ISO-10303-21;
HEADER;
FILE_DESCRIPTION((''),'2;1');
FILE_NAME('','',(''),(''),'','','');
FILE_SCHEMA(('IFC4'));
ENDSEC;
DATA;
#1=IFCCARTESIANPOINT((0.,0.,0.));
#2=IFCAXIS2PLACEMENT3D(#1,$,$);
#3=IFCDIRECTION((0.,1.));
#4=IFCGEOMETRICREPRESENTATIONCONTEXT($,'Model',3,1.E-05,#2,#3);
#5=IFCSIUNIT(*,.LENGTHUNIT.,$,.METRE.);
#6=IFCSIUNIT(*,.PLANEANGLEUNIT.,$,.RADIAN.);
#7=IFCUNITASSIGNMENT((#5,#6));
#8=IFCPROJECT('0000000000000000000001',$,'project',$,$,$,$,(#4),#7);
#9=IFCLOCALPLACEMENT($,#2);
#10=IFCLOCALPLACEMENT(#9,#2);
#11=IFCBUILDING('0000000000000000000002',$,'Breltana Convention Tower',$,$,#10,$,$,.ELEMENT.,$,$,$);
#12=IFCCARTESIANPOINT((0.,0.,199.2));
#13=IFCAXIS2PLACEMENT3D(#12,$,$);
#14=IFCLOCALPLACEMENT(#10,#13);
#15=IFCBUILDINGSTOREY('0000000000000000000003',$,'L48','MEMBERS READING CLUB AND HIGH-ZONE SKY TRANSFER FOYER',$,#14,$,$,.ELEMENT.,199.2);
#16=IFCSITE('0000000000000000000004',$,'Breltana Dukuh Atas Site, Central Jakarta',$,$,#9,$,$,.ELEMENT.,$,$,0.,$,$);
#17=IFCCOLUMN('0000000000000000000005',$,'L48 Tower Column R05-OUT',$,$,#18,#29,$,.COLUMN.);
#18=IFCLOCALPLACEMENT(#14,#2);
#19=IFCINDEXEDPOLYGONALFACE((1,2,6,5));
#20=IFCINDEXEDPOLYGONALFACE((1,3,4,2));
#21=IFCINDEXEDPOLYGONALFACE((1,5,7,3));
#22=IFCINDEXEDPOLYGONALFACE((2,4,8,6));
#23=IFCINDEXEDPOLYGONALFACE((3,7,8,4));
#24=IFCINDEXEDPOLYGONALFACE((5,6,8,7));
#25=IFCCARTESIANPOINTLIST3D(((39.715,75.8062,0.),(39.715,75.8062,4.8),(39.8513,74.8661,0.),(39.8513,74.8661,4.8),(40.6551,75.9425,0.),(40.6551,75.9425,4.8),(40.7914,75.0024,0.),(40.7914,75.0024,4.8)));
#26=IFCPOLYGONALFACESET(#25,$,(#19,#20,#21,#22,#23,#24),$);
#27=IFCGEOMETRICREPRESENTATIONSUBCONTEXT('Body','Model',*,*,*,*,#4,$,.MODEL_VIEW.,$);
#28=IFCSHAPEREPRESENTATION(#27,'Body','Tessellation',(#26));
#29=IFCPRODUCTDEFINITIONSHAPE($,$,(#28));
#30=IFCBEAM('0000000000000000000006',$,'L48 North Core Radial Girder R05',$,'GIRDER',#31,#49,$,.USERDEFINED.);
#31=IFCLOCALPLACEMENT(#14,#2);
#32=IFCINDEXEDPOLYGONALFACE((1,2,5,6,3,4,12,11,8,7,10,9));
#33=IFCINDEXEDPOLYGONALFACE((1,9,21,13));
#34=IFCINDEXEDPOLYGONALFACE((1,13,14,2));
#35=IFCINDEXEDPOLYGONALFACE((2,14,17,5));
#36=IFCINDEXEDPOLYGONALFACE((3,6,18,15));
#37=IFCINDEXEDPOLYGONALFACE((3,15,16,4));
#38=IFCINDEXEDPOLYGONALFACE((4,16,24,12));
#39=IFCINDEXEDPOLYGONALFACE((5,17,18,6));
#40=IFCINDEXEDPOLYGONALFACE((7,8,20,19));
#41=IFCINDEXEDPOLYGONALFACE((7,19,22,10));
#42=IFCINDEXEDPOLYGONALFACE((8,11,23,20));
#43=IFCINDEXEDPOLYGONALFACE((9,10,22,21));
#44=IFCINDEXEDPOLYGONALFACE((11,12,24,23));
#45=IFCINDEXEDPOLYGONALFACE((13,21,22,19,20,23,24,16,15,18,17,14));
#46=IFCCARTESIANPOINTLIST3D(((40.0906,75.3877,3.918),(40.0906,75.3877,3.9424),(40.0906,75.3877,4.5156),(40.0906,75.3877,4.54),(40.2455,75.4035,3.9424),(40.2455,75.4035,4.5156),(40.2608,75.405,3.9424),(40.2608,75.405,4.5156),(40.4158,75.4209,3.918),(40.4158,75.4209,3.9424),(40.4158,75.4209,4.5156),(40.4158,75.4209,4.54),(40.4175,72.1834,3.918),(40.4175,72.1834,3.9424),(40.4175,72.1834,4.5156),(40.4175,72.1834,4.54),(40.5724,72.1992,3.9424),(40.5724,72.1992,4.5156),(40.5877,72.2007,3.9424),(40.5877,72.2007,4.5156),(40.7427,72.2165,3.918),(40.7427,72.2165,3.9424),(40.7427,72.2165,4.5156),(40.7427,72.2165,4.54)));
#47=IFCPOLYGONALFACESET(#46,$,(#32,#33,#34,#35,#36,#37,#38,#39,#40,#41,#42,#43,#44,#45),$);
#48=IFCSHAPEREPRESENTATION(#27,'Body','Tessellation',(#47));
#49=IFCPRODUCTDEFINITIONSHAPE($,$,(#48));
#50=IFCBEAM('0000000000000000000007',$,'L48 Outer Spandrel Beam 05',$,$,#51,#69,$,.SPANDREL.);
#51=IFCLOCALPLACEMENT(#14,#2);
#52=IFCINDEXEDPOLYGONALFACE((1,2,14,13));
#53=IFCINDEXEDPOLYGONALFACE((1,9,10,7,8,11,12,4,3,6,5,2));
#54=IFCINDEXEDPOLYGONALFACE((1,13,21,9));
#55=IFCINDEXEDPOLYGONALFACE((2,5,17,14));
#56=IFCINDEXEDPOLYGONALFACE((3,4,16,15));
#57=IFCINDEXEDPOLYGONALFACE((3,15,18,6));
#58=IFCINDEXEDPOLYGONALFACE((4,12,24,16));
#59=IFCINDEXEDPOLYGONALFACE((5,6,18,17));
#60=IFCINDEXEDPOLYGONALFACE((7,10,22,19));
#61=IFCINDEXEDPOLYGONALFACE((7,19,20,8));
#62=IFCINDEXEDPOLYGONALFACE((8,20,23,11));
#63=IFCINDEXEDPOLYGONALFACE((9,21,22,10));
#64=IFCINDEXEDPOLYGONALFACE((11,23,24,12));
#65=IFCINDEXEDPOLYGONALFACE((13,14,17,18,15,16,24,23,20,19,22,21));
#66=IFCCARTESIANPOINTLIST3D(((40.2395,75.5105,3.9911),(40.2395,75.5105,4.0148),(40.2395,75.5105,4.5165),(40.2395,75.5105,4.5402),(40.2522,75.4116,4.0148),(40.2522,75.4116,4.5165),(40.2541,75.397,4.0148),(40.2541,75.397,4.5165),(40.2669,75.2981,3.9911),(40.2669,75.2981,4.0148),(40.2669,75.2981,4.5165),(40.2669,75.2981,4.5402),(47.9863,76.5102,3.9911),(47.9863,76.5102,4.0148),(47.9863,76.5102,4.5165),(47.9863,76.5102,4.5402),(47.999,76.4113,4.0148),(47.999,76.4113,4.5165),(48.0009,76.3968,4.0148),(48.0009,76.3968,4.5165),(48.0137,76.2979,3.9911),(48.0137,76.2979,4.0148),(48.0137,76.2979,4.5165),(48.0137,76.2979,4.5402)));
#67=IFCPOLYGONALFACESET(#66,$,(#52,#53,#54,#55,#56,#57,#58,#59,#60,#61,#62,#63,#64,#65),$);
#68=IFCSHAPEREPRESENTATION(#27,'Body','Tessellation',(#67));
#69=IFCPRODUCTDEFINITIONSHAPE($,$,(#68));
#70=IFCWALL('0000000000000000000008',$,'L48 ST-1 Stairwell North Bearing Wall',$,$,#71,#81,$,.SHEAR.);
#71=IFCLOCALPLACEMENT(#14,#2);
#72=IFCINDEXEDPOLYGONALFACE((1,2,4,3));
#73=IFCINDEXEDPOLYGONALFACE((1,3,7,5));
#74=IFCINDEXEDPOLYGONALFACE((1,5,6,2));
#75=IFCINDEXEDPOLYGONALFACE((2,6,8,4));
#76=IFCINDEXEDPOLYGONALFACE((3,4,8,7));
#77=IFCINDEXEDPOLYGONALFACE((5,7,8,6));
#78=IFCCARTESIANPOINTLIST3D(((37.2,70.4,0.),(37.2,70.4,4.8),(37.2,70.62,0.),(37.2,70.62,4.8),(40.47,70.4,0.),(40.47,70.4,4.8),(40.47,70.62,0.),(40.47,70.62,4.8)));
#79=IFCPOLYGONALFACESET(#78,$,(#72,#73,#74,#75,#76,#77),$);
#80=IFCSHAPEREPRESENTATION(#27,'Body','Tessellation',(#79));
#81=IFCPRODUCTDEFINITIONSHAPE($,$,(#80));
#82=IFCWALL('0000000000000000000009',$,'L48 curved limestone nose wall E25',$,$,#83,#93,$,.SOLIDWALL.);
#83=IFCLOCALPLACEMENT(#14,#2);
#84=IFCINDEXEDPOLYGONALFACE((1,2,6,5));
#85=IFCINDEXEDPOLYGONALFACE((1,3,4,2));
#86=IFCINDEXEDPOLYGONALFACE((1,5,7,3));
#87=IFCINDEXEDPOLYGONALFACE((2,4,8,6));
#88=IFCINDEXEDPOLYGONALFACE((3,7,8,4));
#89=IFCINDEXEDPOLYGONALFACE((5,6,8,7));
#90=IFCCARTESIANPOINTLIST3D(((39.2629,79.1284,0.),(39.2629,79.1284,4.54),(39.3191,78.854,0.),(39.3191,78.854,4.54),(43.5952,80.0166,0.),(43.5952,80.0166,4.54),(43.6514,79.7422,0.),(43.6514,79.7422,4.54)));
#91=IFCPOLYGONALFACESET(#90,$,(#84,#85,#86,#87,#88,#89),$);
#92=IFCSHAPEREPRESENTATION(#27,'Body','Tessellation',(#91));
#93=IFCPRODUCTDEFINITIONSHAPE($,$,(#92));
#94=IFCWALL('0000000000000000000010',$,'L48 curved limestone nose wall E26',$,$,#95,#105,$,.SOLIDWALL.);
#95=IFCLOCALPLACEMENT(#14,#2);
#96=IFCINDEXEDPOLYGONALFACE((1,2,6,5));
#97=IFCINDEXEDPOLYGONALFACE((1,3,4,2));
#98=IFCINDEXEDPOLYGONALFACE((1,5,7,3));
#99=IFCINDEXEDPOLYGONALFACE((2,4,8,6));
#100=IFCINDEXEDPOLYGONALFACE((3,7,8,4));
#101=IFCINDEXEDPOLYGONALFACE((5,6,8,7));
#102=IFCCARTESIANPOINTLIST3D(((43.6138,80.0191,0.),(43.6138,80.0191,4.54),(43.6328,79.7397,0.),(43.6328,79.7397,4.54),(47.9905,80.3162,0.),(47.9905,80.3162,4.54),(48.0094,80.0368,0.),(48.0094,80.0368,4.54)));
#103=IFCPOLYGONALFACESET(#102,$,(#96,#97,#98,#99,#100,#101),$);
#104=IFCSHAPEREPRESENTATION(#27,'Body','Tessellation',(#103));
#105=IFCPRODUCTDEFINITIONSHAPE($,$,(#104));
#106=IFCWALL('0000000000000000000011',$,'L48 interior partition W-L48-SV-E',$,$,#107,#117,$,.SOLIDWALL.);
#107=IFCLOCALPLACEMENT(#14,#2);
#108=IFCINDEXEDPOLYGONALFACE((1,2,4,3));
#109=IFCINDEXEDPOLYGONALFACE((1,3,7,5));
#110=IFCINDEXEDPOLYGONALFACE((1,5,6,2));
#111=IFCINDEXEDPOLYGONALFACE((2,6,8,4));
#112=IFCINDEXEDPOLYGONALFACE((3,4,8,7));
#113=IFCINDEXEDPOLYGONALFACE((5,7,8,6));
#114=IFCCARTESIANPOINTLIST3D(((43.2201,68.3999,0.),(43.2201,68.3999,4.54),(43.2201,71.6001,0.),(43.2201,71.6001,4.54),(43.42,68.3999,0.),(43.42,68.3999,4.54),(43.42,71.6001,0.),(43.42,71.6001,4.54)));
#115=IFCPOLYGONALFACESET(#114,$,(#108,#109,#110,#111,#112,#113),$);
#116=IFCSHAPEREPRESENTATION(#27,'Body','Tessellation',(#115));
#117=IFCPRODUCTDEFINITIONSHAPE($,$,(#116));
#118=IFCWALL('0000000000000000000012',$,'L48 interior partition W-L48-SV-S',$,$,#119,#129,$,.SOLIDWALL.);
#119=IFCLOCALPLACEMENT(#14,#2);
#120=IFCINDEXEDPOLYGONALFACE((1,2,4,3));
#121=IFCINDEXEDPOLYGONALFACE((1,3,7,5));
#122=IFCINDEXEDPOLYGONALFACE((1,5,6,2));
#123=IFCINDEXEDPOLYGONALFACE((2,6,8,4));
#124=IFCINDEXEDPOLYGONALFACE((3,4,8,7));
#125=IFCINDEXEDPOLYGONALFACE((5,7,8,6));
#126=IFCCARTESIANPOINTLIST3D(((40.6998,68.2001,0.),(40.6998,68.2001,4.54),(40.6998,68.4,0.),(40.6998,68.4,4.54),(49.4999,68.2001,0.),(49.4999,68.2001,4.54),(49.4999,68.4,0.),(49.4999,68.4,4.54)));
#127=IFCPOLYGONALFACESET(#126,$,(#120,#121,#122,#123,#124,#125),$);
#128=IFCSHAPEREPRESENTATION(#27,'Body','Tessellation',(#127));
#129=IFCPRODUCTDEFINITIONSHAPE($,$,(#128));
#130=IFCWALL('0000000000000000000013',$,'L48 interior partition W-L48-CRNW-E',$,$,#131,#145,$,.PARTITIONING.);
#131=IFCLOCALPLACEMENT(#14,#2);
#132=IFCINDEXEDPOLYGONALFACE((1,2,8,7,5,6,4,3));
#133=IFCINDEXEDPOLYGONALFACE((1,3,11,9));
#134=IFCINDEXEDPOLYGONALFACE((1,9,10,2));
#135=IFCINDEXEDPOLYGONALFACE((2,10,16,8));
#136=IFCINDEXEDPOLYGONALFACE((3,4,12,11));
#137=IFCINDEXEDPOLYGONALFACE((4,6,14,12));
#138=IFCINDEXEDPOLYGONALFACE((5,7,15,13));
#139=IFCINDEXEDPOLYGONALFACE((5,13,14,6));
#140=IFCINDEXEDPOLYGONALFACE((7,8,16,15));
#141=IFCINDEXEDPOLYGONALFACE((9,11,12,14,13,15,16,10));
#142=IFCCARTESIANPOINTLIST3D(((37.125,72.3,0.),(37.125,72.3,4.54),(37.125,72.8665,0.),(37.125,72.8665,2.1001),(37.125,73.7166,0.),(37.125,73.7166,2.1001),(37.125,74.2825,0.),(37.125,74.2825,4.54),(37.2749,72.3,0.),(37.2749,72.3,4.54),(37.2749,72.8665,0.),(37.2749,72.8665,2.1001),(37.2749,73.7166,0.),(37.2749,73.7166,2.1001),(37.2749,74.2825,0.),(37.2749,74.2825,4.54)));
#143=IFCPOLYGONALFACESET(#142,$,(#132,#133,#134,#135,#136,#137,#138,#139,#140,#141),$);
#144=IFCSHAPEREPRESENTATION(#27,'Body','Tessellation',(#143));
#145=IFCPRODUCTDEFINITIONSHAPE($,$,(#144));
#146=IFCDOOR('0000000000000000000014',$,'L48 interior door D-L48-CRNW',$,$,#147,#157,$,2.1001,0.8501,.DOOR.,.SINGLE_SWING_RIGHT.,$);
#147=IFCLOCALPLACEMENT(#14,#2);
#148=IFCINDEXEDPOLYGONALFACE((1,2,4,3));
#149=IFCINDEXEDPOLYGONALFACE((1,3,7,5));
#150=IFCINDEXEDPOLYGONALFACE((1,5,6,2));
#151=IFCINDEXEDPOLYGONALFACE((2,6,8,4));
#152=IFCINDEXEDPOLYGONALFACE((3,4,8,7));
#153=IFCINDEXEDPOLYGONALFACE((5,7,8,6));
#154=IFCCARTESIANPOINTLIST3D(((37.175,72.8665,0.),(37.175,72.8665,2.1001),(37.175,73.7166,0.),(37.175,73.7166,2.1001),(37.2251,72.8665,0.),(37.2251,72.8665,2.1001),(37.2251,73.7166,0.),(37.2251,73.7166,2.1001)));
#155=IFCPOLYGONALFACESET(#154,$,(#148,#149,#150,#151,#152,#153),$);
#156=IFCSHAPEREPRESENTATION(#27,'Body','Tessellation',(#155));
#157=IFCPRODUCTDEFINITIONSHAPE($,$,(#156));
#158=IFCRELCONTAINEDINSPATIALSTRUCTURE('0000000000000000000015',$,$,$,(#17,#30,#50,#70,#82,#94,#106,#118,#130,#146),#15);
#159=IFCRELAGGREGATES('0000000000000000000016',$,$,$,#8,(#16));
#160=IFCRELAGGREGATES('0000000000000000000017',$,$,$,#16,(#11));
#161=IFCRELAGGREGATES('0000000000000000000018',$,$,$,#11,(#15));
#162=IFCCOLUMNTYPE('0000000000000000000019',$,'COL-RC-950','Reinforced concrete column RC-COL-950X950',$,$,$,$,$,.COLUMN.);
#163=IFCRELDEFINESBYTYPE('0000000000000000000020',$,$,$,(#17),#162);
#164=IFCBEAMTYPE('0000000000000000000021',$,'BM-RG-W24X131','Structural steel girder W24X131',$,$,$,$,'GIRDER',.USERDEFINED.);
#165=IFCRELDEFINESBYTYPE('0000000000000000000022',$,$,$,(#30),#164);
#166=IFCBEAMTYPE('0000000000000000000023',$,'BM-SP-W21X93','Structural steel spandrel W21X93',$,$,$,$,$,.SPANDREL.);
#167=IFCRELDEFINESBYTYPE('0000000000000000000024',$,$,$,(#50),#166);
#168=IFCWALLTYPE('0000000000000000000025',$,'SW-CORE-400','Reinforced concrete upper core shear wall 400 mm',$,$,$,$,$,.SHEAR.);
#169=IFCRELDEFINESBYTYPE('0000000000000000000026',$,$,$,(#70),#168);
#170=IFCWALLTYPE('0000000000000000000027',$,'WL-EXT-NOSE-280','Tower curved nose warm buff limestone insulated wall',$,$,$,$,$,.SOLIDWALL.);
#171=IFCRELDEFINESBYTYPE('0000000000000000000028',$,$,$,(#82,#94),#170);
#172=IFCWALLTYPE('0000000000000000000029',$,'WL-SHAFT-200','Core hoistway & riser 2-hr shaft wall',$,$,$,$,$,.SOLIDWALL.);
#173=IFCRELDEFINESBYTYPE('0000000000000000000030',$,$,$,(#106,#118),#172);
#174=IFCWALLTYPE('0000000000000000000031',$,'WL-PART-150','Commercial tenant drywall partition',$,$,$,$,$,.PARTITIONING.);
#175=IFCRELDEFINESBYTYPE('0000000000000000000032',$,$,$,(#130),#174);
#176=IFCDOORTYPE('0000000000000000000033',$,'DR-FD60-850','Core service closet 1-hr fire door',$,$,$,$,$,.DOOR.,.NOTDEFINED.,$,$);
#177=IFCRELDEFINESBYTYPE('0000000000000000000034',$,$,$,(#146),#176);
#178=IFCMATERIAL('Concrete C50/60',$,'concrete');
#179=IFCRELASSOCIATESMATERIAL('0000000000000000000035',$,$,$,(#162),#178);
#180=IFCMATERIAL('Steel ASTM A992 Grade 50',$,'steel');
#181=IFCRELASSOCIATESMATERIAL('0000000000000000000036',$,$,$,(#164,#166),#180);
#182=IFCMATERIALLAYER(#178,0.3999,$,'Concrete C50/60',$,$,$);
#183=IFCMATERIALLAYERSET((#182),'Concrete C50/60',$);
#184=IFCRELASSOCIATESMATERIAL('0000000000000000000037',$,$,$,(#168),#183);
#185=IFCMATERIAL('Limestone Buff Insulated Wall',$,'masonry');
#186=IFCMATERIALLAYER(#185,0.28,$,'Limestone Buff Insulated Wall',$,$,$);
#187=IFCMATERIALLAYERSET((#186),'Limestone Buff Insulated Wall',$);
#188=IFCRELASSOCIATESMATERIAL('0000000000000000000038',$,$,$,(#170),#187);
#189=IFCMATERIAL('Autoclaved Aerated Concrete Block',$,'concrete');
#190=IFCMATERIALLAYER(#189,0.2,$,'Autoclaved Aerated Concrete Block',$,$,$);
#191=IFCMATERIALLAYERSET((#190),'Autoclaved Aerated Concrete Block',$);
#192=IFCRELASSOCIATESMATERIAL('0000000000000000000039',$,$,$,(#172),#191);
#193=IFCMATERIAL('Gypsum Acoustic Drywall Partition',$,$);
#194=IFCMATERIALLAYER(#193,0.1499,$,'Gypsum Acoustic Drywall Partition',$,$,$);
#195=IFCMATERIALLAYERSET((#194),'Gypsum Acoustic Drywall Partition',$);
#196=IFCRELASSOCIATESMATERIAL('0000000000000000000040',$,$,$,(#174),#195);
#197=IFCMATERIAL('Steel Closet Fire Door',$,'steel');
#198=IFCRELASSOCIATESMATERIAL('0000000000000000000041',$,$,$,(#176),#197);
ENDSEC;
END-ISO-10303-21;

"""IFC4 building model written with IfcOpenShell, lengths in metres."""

from ifc_helpers import new_model, si_unit, direction, frame, frame_2d, origin, origin_2d, place, context, subcontext, project, spatial, rectangle, i_section, extrude, source, transform, mapped, material, layer, layer_set, material_profile, profile_set, type_object, type_shapes, element, fill, save


model = new_model("IFC4")

# Units and contexts
model_context = context("Model", 3, precision=1e-05, world=origin(), true_north=direction((0.0, 1.0)))
body_context = subcontext(model_context, "Body", "Model", "MODEL_VIEW")
ifc_project = project(units=[si_unit("LENGTHUNIT", "METRE"), si_unit("PLANEANGLEUNIT", "RADIAN")], contexts=[model_context])

# Site, building, storey
site_placement = place(None, origin())
site = spatial("IfcSite", under=ifc_project, at=site_placement, Name="Breltana Dukuh Atas Site, Central Jakarta", CompositionType="ELEMENT", RefElevation=0.0)
building_placement = place(site_placement, origin())
building = spatial("IfcBuilding", under=site, at=building_placement, Name="Breltana Convention Tower", CompositionType="ELEMENT")
storey_placement = place(building_placement, frame((0.0, 0.0, 199.2)))
storey = spatial("IfcBuildingStorey", under=building, at=storey_placement, Name="L48", Description="MEMBERS READING CLUB AND HIGH-ZONE SKY TRANSFER FOYER", CompositionType="ELEMENT", Elevation=199.2)

# Column
ifc_material_1 = material(Name="Concrete C50/60", Category="concrete")
ifc_material_profile_1 = material_profile(ifc_material_1, rectangle(XDim=0.95, YDim=0.95, at=origin_2d()), Name="RC-COL-950X950")
ifc_profile_set_1 = profile_set([ifc_material_profile_1], Name="Concrete C50/60")
column_type = type_object("IfcColumnType", Name="COL-RC-950", Description="Reinforced concrete column RC-COL-950X950", PredefinedType="COLUMN", material=ifc_profile_set_1)
shared_shape_1 = source(origin(), body_context, "Body", "SweptSolid", [
    extrude(rectangle(XDim=0.95, YDim=0.95, at=origin_2d()), origin(), (0.0, 0.0, 1.0), 4.8),
])
type_shapes(column_type, [shared_shape_1])
column_placement = place(storey_placement, frame((40.2532, 75.4043, 0.0), z_axis=(0.0, 0.0, 1.0), x_axis=(-0.143493, 0.989651, 0.0)))
element("IfcColumn", 1, at=column_placement, inside=storey, type_object=column_type, Name="L48 Tower Column R05-OUT", PredefinedType="COLUMN", context=body_context, shape_type="MappedRepresentation", body=[
    mapped(shared_shape_1, transform((0.0, 0.0, 0.0), scale=1.0)),
])

# Beams
ifc_material_2 = material(Name="Steel ASTM A992 Grade 50", Category="steel")
ifc_material_profile_2 = material_profile(ifc_material_2, i_section(OverallWidth=0.3269, OverallDepth=0.6221, WebThickness=0.0154, FlangeThickness=0.0244, at=origin_2d()), Name="W24X131")
ifc_profile_set_2 = profile_set([ifc_material_profile_2], Name="Steel ASTM A992 Grade 50")
beam_type_1 = type_object("IfcBeamType", Name="BM-RG-W24X131", Description="Structural steel girder W24X131", ElementType="GIRDER", PredefinedType="USERDEFINED", material=ifc_profile_set_2)
shared_shape_2 = source(origin(), body_context, "Body", "SweptSolid", [
    extrude(i_section(OverallWidth=0.3269, OverallDepth=0.6221, WebThickness=0.0154, FlangeThickness=0.0244, at=origin_2d()), origin(), (0.0, 0.0, 1.0), 3.2209),
])
beam_1_placement = place(storey_placement, frame((40.5801, 72.2, 4.229), z_axis=(-0.101492, 0.994836, 0.0), x_axis=(-0.994836, -0.101492, 0.0)))
element("IfcBeam", 2, at=beam_1_placement, inside=storey, type_object=beam_type_1, Name="L48 North Core Radial Girder R05", ObjectType="GIRDER", PredefinedType="USERDEFINED", context=body_context, shape_type="MappedRepresentation", body=[
    mapped(shared_shape_2, transform((0.0, 0.0, 0.0), scale=1.0)),
])
ifc_material_profile_3 = material_profile(ifc_material_2, i_section(OverallWidth=0.2141, OverallDepth=0.5491, WebThickness=0.0146, FlangeThickness=0.0237, at=origin_2d()), Name="W21X93")
ifc_profile_set_3 = profile_set([ifc_material_profile_3], Name="Steel ASTM A992 Grade 50")
beam_type_2 = type_object("IfcBeamType", Name="BM-SP-W21X93", Description="Structural steel spandrel W21X93", PredefinedType="SPANDREL", material=ifc_profile_set_3)
shared_shape_3 = source(origin(), body_context, "Body", "SweptSolid", [
    extrude(i_section(OverallWidth=0.2141, OverallDepth=0.5491, WebThickness=0.0146, FlangeThickness=0.0237, at=origin_2d()), origin(), (0.0, 0.0, 1.0), 7.811),
])
beam_2_placement = place(storey_placement, frame((40.2532, 75.4043, 4.2656), z_axis=(0.991775, 0.127992, 0.0), x_axis=(-0.127992, 0.991775, 0.0)))
element("IfcBeam", 3, at=beam_2_placement, inside=storey, type_object=beam_type_2, Name="L48 Outer Spandrel Beam 05", PredefinedType="SPANDREL", context=body_context, shape_type="MappedRepresentation", body=[
    mapped(shared_shape_3, transform((0.0, 0.0, 0.0), scale=1.0)),
])

# Wall
ifc_layer_1 = layer(ifc_material_1, 0.3999, Name="Concrete C50/60")
ifc_layer_set_1 = layer_set([ifc_layer_1], Name="Concrete C50/60")
wall_type_1 = type_object("IfcWallType", Name="SW-CORE-400", Description="Reinforced concrete upper core shear wall 400 mm", PredefinedType="SHEAR", material=ifc_layer_set_1)
shared_shape_4 = source(origin(), body_context, "Body", "SweptSolid", [
    extrude(rectangle(XDim=3.27, YDim=0.22, at=frame_2d((1.635, 0.0))), origin(), (0.0, 0.0, 1.0), 4.8),
])
wall_1_placement = place(storey_placement, frame((37.2, 70.51, 0.0), z_axis=(0.0, 0.0, 1.0), x_axis=(1.0, 0.0, 0.0)))
element("IfcWall", 4, at=wall_1_placement, inside=storey, type_object=wall_type_1, Name="L48 ST-1 Stairwell North Bearing Wall", PredefinedType="SHEAR", context=body_context, shape_type="MappedRepresentation", body=[
    mapped(shared_shape_4, transform((0.0, 0.0, 0.0), scale=1.0)),
])

# Walls
ifc_material_3 = material(Name="Limestone Buff Insulated Wall", Category="masonry")
ifc_layer_2 = layer(ifc_material_3, 0.28, Name="Limestone Buff Insulated Wall")
ifc_layer_set_2 = layer_set([ifc_layer_2], Name="Limestone Buff Insulated Wall")
wall_type_2 = type_object("IfcWallType", Name="WL-EXT-NOSE-280", Description="Tower curved nose warm buff limestone insulated wall", PredefinedType="SOLIDWALL", material=ifc_layer_set_2)
shared_shape_5 = source(origin(), body_context, "Body", "SweptSolid", [
    extrude(rectangle(XDim=4.4224, YDim=0.28, at=frame_2d((2.2112, 0.0))), origin(), (0.0, 0.0, 1.0), 4.54),
])
wall_2_placement = place(storey_placement, frame((39.291, 78.9912, 0.0), z_axis=(0.0, 0.0, 1.0), x_axis=(0.979624, 0.200838, 0.0)))
element("IfcWall", 5, at=wall_2_placement, inside=storey, type_object=wall_type_2, Name="L48 curved limestone nose wall E25", PredefinedType="SOLIDWALL", context=body_context, shape_type="MappedRepresentation", body=[
    mapped(shared_shape_5, transform((0.0, 0.0, 0.0), scale=1.0)),
])
shared_shape_6 = source(origin(), body_context, "Body", "SweptSolid", [
    extrude(rectangle(XDim=4.3867, YDim=0.28, at=frame_2d((2.1934, 0.0))), origin(), (0.0, 0.0, 1.0), 4.54),
])
wall_3_placement = place(storey_placement, frame((43.6233, 79.8794, 0.0), z_axis=(0.0, 0.0, 1.0), x_axis=(0.997704, 0.067731, 0.0)))
element("IfcWall", 6, at=wall_3_placement, inside=storey, type_object=wall_type_2, Name="L48 curved limestone nose wall E26", PredefinedType="SOLIDWALL", context=body_context, shape_type="MappedRepresentation", body=[
    mapped(shared_shape_6, transform((0.0, 0.0, 0.0), scale=1.0)),
])
ifc_material_4 = material(Name="Autoclaved Aerated Concrete Block", Category="concrete")
ifc_layer_3 = layer(ifc_material_4, 0.2, Name="Autoclaved Aerated Concrete Block")
ifc_layer_set_3 = layer_set([ifc_layer_3], Name="Autoclaved Aerated Concrete Block")
wall_type_3 = type_object("IfcWallType", Name="WL-SHAFT-200", Description="Core hoistway & riser 2-hr shaft wall", PredefinedType="SOLIDWALL", material=ifc_layer_set_3)
shared_shape_7 = source(origin(), body_context, "Body", "SweptSolid", [
    extrude(rectangle(XDim=3.2002, YDim=0.2, at=frame_2d((1.6001, 0.0))), origin(), (0.0, 0.0, 1.0), 4.54),
])
wall_4_placement = place(storey_placement, frame((43.3201, 68.3999, 0.0), z_axis=(0.0, 0.0, 1.0), x_axis=(0.0, 1.0, 0.0)))
element("IfcWall", 7, at=wall_4_placement, inside=storey, type_object=wall_type_3, Name="L48 interior partition W-L48-SV-E", PredefinedType="SOLIDWALL", context=body_context, shape_type="MappedRepresentation", body=[
    mapped(shared_shape_7, transform((0.0, 0.0, 0.0), scale=1.0)),
])
shared_shape_8 = source(origin(), body_context, "Body", "SweptSolid", [
    extrude(rectangle(XDim=8.8, YDim=0.2, at=frame_2d((4.3999, 0.0))), origin(), (0.0, 0.0, 1.0), 4.54),
])
wall_5_placement = place(storey_placement, frame((40.7, 68.3, 0.0), z_axis=(0.0, 0.0, 1.0), x_axis=(1.0, 0.0, 0.0)))
element("IfcWall", 8, at=wall_5_placement, inside=storey, type_object=wall_type_3, Name="L48 interior partition W-L48-SV-S", PredefinedType="SOLIDWALL", context=body_context, shape_type="MappedRepresentation", body=[
    mapped(shared_shape_8, transform((0.0, 0.0, 0.0), scale=1.0)),
])

# Wall, opening, door
ifc_material_5 = material(Name="Gypsum Acoustic Drywall Partition")
ifc_layer_4 = layer(ifc_material_5, 0.1499, Name="Gypsum Acoustic Drywall Partition")
ifc_layer_set_4 = layer_set([ifc_layer_4], Name="Gypsum Acoustic Drywall Partition")
wall_type_4 = type_object("IfcWallType", Name="WL-PART-150", Description="Commercial tenant drywall partition", PredefinedType="PARTITIONING", material=ifc_layer_set_4)
shared_shape_9 = source(origin(), body_context, "Body", "SweptSolid", [
    extrude(rectangle(XDim=1.9824, YDim=0.1499, at=frame_2d((0.9912, 0.0))), origin(), (0.0, 0.0, 1.0), 4.54),
])
wall_6_placement = place(storey_placement, frame((37.2, 72.3, 0.0), z_axis=(0.0, 0.0, 1.0), x_axis=(0.0, 1.0, 0.0)))
wall_6 = element("IfcWall", 9, at=wall_6_placement, inside=storey, type_object=wall_type_4, Name="L48 interior partition W-L48-CRNW-E", PredefinedType="PARTITIONING", context=body_context, shape_type="MappedRepresentation", body=[
    mapped(shared_shape_9, transform((0.0, 0.0, 0.0), scale=1.0)),
])
opening_1_placement = place(wall_6_placement, frame((0.5664, 0.0, 0.0)))
opening_1 = element("IfcOpeningElement", 10, at=opening_1_placement, cuts=wall_6, PredefinedType="OPENING", context=body_context, shape_type="SweptSolid", body=[
    extrude(rectangle(XDim=0.8501, YDim=2.1001, at=frame_2d((0.425, 1.05))), frame((0.0, 0.085, 0.0), z_axis=(0.0, -1.0, 0.0), x_axis=(1.0, 0.0, 0.0)), (0.0, 0.0, 1.0), 0.1699),
])
ifc_material_6 = material(Name="Steel Closet Fire Door", Category="steel")
door_type_1 = type_object("IfcDoorType", Name="DR-FD60-850", Description="Core service closet 1-hr fire door", OperationType="NOTDEFINED", PredefinedType="DOOR", material=ifc_material_6)
shared_shape_10 = source(origin(), body_context, "Body", "SweptSolid", [
    extrude(rectangle(XDim=0.8501, YDim=2.1001, at=frame_2d((0.425, 1.05))), frame((0.0, 0.0249, 0.0), z_axis=(0.0, -1.0, 0.0), x_axis=(1.0, 0.0, 0.0)), (0.0, 0.0, 1.0), 0.05),
])
type_shapes(door_type_1, [shared_shape_10])
door_1_placement = place(opening_1_placement, origin())
door_1 = element("IfcDoor", 11, at=door_1_placement, inside=storey, type_object=door_type_1, Name="L48 interior door D-L48-CRNW", OperationType="SINGLE_SWING_RIGHT", OverallHeight=2.1001, OverallWidth=0.8501, PredefinedType="DOOR", context=body_context, shape_type="MappedRepresentation", body=[
    mapped(shared_shape_10, transform((0.0, 0.0, 0.0), scale=1.0)),
])
fill(opening_1, door_1)

save(model, "model.ifc")
